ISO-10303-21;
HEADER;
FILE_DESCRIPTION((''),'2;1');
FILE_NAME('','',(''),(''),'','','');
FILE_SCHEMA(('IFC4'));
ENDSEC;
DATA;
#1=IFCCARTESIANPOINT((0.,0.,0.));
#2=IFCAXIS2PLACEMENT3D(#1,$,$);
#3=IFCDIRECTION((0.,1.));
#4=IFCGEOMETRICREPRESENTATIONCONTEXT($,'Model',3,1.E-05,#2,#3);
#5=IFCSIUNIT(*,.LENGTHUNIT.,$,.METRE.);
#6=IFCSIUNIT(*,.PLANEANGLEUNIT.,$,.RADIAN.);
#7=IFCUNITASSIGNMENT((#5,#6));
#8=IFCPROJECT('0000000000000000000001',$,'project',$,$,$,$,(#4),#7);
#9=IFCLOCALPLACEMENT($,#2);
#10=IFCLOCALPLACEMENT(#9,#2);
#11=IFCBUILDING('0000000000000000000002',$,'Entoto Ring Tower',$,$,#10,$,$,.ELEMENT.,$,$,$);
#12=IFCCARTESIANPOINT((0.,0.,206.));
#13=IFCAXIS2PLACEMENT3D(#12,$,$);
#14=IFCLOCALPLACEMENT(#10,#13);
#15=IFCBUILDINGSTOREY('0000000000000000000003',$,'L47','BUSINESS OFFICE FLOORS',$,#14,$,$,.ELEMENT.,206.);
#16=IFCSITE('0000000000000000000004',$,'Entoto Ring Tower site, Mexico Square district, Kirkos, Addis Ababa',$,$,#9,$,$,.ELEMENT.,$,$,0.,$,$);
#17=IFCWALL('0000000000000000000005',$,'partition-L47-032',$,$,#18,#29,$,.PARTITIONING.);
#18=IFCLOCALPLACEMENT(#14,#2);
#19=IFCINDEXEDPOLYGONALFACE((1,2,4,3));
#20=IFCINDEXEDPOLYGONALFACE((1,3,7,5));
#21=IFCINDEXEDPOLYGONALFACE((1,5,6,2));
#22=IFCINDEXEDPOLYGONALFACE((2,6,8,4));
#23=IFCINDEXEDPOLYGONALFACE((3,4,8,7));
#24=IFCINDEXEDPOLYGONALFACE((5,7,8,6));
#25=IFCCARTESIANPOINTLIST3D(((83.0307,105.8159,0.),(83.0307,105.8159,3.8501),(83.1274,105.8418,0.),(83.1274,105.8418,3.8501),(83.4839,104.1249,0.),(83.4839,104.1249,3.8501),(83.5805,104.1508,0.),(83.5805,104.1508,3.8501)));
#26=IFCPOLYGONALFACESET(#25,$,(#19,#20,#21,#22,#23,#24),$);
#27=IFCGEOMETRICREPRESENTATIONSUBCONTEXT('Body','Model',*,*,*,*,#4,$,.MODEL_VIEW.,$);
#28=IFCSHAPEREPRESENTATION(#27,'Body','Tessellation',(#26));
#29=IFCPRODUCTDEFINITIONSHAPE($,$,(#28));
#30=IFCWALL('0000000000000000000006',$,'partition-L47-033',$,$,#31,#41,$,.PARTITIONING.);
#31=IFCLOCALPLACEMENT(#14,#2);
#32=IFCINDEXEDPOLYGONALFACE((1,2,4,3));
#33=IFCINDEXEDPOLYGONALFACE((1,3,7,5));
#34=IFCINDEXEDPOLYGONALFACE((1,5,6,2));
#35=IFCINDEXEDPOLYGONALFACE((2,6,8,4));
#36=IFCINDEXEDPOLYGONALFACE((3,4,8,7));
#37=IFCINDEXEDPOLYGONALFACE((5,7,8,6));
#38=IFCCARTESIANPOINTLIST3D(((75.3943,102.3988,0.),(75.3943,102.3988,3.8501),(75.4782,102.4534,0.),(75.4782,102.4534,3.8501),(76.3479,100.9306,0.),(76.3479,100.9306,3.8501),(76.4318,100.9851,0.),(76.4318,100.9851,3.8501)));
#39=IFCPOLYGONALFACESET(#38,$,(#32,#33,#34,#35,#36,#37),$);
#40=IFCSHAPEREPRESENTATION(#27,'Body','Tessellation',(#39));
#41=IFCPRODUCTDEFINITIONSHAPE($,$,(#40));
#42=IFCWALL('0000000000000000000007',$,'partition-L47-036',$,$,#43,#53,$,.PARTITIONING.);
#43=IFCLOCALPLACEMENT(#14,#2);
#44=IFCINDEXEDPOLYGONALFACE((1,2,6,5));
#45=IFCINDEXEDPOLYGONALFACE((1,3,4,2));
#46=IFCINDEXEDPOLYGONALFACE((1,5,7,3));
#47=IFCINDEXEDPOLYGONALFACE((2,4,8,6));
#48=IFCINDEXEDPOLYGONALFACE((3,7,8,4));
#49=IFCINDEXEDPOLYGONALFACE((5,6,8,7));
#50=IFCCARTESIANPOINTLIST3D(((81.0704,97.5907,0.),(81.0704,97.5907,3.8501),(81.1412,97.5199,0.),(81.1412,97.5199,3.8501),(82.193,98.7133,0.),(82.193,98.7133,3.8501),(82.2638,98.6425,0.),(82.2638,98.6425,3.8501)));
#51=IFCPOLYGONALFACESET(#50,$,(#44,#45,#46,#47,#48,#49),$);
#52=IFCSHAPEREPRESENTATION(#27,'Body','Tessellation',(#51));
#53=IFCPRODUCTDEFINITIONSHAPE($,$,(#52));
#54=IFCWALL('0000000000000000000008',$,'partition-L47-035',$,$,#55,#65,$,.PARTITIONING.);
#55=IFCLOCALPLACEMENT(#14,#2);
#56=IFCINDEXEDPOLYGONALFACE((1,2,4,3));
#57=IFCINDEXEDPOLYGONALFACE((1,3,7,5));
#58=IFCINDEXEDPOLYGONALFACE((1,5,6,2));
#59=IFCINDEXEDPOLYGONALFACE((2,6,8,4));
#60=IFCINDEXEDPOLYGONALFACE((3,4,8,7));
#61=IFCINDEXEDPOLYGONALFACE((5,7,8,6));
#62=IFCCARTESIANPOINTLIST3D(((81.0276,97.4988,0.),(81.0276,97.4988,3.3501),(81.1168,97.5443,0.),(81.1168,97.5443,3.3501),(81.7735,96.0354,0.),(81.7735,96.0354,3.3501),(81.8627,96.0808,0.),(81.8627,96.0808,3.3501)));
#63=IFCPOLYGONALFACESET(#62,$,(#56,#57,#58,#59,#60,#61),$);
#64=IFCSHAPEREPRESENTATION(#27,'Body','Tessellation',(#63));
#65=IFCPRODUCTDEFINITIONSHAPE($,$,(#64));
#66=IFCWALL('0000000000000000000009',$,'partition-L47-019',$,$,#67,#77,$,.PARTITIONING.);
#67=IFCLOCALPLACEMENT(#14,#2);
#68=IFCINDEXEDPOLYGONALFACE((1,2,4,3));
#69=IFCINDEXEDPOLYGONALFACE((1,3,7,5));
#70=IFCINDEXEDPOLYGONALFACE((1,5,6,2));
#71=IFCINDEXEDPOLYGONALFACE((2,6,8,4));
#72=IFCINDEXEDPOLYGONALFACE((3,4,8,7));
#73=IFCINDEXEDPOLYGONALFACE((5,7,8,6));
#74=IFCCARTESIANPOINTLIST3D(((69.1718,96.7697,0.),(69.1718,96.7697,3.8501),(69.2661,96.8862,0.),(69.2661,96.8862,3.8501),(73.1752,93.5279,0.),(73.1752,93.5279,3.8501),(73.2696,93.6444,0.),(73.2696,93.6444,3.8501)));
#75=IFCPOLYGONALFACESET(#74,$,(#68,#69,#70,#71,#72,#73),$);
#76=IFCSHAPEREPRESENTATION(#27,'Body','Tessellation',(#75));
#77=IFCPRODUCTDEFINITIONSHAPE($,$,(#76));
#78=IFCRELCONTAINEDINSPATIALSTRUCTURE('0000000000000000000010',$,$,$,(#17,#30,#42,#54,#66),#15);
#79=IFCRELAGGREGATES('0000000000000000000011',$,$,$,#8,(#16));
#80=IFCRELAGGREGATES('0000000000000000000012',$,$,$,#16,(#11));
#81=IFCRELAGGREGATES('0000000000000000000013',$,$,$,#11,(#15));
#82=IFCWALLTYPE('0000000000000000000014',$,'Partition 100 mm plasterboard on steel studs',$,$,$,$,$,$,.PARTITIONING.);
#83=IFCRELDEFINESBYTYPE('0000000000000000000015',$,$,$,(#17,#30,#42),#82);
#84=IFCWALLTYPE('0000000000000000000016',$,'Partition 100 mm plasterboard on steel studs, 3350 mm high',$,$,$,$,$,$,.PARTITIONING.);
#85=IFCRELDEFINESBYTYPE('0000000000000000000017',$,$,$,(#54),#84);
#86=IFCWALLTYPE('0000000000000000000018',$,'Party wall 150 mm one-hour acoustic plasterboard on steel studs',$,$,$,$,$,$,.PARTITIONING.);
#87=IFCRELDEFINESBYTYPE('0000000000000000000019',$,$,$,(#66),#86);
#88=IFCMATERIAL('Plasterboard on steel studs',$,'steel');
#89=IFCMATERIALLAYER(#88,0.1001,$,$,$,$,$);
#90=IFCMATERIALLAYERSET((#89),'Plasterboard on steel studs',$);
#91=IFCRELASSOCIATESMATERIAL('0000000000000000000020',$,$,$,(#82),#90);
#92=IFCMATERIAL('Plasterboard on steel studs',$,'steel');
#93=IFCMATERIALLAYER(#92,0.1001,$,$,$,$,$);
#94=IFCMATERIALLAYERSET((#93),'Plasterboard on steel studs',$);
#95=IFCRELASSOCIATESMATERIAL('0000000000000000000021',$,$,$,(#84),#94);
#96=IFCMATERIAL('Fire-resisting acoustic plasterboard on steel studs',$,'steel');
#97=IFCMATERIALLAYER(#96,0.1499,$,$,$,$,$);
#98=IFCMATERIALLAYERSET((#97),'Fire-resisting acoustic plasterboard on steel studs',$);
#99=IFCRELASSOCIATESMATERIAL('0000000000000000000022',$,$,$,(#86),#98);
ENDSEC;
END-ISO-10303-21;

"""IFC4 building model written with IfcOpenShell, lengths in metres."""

from ifc_helpers import new_model, si_unit, direction, frame, frame_2d, origin, place, context, subcontext, project, spatial, rectangle, extrude, material, layer, layer_set, type_object, element, save


model = new_model("IFC4")

# Units and contexts
model_context = context("Model", 3, precision=1e-05, world=origin(), true_north=direction((0.0, 1.0)))
body_context = subcontext(model_context, "Body", "Model", "MODEL_VIEW")
ifc_project = project(units=[si_unit("LENGTHUNIT", "METRE"), si_unit("PLANEANGLEUNIT", "RADIAN")], contexts=[model_context])

# Site, building, storey
site_placement = place(None, origin())
site = spatial("IfcSite", under=ifc_project, at=site_placement, Name="Entoto Ring Tower site, Mexico Square district, Kirkos, Addis Ababa", CompositionType="ELEMENT", RefElevation=0.0)
building_placement = place(site_placement, origin())
building = spatial("IfcBuilding", under=site, at=building_placement, Name="Entoto Ring Tower", CompositionType="ELEMENT")
storey_placement = place(building_placement, frame((0.0, 0.0, 206.0)))
storey = spatial("IfcBuildingStorey", under=building, at=storey_placement, Name="L47", Description="BUSINESS OFFICE FLOORS", CompositionType="ELEMENT", Elevation=206.0)

# Shared definitions
ifc_material_1 = material(Name="Plasterboard on steel studs", Category="steel")
ifc_layer_1 = layer(ifc_material_1, 0.1001)
ifc_layer_set_1 = layer_set([ifc_layer_1], Name="Plasterboard on steel studs")
wall_type_1 = type_object("IfcWallType", Name="Partition 100 mm plasterboard on steel studs", PredefinedType="PARTITIONING", material=ifc_layer_set_1)

# Walls
for number, where, z_axis, x_axis, name in (
    (1, (83.5322, 104.1377, 0.0), (0.0, 0.0, 1.0), (-0.258808, 0.965929, 0.0), "partition-L47-032"),
    (2, (76.3899, 100.9578, 0.0), (0.0, 0.0, 1.0), (-0.544684, 0.838641, 0.0), "partition-L47-033"),
):
    element("IfcWall", number, at=place(storey_placement, frame(where, z_axis=z_axis, x_axis=x_axis)), inside=storey, type_object=wall_type_1, Name=name, PredefinedType="PARTITIONING", context=body_context, shape_type="SweptSolid", body=[
        extrude(rectangle(XDim=1.7507, YDim=0.1001, at=frame_2d((0.8755, 0.0))), origin(), (0.0, 0.0, 1.0), 3.8501),
    ])
wall_1_placement = place(storey_placement, frame((81.1057, 97.5552, 0.0), z_axis=(0.0, 0.0, 1.0), x_axis=(0.707107, 0.707107, 0.0)))
element("IfcWall", 3, at=wall_1_placement, inside=storey, type_object=wall_type_1, Name="partition-L47-036", PredefinedType="PARTITIONING", context=body_context, shape_type="SweptSolid", body=[
    extrude(rectangle(XDim=1.5876, YDim=0.1001, at=frame_2d((0.7939, 0.0))), origin(), (0.0, 0.0, 1.0), 3.8501),
])
ifc_material_2 = material(Name="Plasterboard on steel studs", Category="steel")
ifc_layer_2 = layer(ifc_material_2, 0.1001)
ifc_layer_set_2 = layer_set([ifc_layer_2], Name="Plasterboard on steel studs")
wall_type_2 = type_object("IfcWallType", Name="Partition 100 mm plasterboard on steel studs, 3350 mm high", PredefinedType="PARTITIONING", material=ifc_layer_set_2)
wall_2_placement = place(storey_placement, frame((81.8181, 96.0581, 0.0), z_axis=(0.0, 0.0, 1.0), x_axis=(-0.454097, 0.890952, 0.0)))
element("IfcWall", 4, at=wall_2_placement, inside=storey, type_object=wall_type_2, Name="partition-L47-035", PredefinedType="PARTITIONING", context=body_context, shape_type="SweptSolid", body=[
    extrude(rectangle(XDim=1.6426, YDim=0.1001, at=frame_2d((0.8213, 0.0))), origin(), (0.0, 0.0, 1.0), 3.3501),
])
ifc_material_3 = material(Name="Fire-resisting acoustic plasterboard on steel studs", Category="steel")
ifc_layer_3 = layer(ifc_material_3, 0.1499)
ifc_layer_set_3 = layer_set([ifc_layer_3], Name="Fire-resisting acoustic plasterboard on steel studs")
wall_type_3 = type_object("IfcWallType", Name="Party wall 150 mm one-hour acoustic plasterboard on steel studs", PredefinedType="PARTITIONING", material=ifc_layer_set_3)
wall_3_placement = place(storey_placement, frame((73.2224, 93.5862, 0.0), z_axis=(0.0, 0.0, 1.0), x_axis=(-0.777165, 0.629296, 0.0)))
element("IfcWall", 5, at=wall_3_placement, inside=storey, type_object=wall_type_3, Name="partition-L47-019", PredefinedType="PARTITIONING", context=body_context, shape_type="SweptSolid", body=[
    extrude(rectangle(XDim=5.1514, YDim=0.1499, at=frame_2d((2.5757, 0.0))), origin(), (0.0, 0.0, 1.0), 3.8501),
])

save(model, "model.ifc")
